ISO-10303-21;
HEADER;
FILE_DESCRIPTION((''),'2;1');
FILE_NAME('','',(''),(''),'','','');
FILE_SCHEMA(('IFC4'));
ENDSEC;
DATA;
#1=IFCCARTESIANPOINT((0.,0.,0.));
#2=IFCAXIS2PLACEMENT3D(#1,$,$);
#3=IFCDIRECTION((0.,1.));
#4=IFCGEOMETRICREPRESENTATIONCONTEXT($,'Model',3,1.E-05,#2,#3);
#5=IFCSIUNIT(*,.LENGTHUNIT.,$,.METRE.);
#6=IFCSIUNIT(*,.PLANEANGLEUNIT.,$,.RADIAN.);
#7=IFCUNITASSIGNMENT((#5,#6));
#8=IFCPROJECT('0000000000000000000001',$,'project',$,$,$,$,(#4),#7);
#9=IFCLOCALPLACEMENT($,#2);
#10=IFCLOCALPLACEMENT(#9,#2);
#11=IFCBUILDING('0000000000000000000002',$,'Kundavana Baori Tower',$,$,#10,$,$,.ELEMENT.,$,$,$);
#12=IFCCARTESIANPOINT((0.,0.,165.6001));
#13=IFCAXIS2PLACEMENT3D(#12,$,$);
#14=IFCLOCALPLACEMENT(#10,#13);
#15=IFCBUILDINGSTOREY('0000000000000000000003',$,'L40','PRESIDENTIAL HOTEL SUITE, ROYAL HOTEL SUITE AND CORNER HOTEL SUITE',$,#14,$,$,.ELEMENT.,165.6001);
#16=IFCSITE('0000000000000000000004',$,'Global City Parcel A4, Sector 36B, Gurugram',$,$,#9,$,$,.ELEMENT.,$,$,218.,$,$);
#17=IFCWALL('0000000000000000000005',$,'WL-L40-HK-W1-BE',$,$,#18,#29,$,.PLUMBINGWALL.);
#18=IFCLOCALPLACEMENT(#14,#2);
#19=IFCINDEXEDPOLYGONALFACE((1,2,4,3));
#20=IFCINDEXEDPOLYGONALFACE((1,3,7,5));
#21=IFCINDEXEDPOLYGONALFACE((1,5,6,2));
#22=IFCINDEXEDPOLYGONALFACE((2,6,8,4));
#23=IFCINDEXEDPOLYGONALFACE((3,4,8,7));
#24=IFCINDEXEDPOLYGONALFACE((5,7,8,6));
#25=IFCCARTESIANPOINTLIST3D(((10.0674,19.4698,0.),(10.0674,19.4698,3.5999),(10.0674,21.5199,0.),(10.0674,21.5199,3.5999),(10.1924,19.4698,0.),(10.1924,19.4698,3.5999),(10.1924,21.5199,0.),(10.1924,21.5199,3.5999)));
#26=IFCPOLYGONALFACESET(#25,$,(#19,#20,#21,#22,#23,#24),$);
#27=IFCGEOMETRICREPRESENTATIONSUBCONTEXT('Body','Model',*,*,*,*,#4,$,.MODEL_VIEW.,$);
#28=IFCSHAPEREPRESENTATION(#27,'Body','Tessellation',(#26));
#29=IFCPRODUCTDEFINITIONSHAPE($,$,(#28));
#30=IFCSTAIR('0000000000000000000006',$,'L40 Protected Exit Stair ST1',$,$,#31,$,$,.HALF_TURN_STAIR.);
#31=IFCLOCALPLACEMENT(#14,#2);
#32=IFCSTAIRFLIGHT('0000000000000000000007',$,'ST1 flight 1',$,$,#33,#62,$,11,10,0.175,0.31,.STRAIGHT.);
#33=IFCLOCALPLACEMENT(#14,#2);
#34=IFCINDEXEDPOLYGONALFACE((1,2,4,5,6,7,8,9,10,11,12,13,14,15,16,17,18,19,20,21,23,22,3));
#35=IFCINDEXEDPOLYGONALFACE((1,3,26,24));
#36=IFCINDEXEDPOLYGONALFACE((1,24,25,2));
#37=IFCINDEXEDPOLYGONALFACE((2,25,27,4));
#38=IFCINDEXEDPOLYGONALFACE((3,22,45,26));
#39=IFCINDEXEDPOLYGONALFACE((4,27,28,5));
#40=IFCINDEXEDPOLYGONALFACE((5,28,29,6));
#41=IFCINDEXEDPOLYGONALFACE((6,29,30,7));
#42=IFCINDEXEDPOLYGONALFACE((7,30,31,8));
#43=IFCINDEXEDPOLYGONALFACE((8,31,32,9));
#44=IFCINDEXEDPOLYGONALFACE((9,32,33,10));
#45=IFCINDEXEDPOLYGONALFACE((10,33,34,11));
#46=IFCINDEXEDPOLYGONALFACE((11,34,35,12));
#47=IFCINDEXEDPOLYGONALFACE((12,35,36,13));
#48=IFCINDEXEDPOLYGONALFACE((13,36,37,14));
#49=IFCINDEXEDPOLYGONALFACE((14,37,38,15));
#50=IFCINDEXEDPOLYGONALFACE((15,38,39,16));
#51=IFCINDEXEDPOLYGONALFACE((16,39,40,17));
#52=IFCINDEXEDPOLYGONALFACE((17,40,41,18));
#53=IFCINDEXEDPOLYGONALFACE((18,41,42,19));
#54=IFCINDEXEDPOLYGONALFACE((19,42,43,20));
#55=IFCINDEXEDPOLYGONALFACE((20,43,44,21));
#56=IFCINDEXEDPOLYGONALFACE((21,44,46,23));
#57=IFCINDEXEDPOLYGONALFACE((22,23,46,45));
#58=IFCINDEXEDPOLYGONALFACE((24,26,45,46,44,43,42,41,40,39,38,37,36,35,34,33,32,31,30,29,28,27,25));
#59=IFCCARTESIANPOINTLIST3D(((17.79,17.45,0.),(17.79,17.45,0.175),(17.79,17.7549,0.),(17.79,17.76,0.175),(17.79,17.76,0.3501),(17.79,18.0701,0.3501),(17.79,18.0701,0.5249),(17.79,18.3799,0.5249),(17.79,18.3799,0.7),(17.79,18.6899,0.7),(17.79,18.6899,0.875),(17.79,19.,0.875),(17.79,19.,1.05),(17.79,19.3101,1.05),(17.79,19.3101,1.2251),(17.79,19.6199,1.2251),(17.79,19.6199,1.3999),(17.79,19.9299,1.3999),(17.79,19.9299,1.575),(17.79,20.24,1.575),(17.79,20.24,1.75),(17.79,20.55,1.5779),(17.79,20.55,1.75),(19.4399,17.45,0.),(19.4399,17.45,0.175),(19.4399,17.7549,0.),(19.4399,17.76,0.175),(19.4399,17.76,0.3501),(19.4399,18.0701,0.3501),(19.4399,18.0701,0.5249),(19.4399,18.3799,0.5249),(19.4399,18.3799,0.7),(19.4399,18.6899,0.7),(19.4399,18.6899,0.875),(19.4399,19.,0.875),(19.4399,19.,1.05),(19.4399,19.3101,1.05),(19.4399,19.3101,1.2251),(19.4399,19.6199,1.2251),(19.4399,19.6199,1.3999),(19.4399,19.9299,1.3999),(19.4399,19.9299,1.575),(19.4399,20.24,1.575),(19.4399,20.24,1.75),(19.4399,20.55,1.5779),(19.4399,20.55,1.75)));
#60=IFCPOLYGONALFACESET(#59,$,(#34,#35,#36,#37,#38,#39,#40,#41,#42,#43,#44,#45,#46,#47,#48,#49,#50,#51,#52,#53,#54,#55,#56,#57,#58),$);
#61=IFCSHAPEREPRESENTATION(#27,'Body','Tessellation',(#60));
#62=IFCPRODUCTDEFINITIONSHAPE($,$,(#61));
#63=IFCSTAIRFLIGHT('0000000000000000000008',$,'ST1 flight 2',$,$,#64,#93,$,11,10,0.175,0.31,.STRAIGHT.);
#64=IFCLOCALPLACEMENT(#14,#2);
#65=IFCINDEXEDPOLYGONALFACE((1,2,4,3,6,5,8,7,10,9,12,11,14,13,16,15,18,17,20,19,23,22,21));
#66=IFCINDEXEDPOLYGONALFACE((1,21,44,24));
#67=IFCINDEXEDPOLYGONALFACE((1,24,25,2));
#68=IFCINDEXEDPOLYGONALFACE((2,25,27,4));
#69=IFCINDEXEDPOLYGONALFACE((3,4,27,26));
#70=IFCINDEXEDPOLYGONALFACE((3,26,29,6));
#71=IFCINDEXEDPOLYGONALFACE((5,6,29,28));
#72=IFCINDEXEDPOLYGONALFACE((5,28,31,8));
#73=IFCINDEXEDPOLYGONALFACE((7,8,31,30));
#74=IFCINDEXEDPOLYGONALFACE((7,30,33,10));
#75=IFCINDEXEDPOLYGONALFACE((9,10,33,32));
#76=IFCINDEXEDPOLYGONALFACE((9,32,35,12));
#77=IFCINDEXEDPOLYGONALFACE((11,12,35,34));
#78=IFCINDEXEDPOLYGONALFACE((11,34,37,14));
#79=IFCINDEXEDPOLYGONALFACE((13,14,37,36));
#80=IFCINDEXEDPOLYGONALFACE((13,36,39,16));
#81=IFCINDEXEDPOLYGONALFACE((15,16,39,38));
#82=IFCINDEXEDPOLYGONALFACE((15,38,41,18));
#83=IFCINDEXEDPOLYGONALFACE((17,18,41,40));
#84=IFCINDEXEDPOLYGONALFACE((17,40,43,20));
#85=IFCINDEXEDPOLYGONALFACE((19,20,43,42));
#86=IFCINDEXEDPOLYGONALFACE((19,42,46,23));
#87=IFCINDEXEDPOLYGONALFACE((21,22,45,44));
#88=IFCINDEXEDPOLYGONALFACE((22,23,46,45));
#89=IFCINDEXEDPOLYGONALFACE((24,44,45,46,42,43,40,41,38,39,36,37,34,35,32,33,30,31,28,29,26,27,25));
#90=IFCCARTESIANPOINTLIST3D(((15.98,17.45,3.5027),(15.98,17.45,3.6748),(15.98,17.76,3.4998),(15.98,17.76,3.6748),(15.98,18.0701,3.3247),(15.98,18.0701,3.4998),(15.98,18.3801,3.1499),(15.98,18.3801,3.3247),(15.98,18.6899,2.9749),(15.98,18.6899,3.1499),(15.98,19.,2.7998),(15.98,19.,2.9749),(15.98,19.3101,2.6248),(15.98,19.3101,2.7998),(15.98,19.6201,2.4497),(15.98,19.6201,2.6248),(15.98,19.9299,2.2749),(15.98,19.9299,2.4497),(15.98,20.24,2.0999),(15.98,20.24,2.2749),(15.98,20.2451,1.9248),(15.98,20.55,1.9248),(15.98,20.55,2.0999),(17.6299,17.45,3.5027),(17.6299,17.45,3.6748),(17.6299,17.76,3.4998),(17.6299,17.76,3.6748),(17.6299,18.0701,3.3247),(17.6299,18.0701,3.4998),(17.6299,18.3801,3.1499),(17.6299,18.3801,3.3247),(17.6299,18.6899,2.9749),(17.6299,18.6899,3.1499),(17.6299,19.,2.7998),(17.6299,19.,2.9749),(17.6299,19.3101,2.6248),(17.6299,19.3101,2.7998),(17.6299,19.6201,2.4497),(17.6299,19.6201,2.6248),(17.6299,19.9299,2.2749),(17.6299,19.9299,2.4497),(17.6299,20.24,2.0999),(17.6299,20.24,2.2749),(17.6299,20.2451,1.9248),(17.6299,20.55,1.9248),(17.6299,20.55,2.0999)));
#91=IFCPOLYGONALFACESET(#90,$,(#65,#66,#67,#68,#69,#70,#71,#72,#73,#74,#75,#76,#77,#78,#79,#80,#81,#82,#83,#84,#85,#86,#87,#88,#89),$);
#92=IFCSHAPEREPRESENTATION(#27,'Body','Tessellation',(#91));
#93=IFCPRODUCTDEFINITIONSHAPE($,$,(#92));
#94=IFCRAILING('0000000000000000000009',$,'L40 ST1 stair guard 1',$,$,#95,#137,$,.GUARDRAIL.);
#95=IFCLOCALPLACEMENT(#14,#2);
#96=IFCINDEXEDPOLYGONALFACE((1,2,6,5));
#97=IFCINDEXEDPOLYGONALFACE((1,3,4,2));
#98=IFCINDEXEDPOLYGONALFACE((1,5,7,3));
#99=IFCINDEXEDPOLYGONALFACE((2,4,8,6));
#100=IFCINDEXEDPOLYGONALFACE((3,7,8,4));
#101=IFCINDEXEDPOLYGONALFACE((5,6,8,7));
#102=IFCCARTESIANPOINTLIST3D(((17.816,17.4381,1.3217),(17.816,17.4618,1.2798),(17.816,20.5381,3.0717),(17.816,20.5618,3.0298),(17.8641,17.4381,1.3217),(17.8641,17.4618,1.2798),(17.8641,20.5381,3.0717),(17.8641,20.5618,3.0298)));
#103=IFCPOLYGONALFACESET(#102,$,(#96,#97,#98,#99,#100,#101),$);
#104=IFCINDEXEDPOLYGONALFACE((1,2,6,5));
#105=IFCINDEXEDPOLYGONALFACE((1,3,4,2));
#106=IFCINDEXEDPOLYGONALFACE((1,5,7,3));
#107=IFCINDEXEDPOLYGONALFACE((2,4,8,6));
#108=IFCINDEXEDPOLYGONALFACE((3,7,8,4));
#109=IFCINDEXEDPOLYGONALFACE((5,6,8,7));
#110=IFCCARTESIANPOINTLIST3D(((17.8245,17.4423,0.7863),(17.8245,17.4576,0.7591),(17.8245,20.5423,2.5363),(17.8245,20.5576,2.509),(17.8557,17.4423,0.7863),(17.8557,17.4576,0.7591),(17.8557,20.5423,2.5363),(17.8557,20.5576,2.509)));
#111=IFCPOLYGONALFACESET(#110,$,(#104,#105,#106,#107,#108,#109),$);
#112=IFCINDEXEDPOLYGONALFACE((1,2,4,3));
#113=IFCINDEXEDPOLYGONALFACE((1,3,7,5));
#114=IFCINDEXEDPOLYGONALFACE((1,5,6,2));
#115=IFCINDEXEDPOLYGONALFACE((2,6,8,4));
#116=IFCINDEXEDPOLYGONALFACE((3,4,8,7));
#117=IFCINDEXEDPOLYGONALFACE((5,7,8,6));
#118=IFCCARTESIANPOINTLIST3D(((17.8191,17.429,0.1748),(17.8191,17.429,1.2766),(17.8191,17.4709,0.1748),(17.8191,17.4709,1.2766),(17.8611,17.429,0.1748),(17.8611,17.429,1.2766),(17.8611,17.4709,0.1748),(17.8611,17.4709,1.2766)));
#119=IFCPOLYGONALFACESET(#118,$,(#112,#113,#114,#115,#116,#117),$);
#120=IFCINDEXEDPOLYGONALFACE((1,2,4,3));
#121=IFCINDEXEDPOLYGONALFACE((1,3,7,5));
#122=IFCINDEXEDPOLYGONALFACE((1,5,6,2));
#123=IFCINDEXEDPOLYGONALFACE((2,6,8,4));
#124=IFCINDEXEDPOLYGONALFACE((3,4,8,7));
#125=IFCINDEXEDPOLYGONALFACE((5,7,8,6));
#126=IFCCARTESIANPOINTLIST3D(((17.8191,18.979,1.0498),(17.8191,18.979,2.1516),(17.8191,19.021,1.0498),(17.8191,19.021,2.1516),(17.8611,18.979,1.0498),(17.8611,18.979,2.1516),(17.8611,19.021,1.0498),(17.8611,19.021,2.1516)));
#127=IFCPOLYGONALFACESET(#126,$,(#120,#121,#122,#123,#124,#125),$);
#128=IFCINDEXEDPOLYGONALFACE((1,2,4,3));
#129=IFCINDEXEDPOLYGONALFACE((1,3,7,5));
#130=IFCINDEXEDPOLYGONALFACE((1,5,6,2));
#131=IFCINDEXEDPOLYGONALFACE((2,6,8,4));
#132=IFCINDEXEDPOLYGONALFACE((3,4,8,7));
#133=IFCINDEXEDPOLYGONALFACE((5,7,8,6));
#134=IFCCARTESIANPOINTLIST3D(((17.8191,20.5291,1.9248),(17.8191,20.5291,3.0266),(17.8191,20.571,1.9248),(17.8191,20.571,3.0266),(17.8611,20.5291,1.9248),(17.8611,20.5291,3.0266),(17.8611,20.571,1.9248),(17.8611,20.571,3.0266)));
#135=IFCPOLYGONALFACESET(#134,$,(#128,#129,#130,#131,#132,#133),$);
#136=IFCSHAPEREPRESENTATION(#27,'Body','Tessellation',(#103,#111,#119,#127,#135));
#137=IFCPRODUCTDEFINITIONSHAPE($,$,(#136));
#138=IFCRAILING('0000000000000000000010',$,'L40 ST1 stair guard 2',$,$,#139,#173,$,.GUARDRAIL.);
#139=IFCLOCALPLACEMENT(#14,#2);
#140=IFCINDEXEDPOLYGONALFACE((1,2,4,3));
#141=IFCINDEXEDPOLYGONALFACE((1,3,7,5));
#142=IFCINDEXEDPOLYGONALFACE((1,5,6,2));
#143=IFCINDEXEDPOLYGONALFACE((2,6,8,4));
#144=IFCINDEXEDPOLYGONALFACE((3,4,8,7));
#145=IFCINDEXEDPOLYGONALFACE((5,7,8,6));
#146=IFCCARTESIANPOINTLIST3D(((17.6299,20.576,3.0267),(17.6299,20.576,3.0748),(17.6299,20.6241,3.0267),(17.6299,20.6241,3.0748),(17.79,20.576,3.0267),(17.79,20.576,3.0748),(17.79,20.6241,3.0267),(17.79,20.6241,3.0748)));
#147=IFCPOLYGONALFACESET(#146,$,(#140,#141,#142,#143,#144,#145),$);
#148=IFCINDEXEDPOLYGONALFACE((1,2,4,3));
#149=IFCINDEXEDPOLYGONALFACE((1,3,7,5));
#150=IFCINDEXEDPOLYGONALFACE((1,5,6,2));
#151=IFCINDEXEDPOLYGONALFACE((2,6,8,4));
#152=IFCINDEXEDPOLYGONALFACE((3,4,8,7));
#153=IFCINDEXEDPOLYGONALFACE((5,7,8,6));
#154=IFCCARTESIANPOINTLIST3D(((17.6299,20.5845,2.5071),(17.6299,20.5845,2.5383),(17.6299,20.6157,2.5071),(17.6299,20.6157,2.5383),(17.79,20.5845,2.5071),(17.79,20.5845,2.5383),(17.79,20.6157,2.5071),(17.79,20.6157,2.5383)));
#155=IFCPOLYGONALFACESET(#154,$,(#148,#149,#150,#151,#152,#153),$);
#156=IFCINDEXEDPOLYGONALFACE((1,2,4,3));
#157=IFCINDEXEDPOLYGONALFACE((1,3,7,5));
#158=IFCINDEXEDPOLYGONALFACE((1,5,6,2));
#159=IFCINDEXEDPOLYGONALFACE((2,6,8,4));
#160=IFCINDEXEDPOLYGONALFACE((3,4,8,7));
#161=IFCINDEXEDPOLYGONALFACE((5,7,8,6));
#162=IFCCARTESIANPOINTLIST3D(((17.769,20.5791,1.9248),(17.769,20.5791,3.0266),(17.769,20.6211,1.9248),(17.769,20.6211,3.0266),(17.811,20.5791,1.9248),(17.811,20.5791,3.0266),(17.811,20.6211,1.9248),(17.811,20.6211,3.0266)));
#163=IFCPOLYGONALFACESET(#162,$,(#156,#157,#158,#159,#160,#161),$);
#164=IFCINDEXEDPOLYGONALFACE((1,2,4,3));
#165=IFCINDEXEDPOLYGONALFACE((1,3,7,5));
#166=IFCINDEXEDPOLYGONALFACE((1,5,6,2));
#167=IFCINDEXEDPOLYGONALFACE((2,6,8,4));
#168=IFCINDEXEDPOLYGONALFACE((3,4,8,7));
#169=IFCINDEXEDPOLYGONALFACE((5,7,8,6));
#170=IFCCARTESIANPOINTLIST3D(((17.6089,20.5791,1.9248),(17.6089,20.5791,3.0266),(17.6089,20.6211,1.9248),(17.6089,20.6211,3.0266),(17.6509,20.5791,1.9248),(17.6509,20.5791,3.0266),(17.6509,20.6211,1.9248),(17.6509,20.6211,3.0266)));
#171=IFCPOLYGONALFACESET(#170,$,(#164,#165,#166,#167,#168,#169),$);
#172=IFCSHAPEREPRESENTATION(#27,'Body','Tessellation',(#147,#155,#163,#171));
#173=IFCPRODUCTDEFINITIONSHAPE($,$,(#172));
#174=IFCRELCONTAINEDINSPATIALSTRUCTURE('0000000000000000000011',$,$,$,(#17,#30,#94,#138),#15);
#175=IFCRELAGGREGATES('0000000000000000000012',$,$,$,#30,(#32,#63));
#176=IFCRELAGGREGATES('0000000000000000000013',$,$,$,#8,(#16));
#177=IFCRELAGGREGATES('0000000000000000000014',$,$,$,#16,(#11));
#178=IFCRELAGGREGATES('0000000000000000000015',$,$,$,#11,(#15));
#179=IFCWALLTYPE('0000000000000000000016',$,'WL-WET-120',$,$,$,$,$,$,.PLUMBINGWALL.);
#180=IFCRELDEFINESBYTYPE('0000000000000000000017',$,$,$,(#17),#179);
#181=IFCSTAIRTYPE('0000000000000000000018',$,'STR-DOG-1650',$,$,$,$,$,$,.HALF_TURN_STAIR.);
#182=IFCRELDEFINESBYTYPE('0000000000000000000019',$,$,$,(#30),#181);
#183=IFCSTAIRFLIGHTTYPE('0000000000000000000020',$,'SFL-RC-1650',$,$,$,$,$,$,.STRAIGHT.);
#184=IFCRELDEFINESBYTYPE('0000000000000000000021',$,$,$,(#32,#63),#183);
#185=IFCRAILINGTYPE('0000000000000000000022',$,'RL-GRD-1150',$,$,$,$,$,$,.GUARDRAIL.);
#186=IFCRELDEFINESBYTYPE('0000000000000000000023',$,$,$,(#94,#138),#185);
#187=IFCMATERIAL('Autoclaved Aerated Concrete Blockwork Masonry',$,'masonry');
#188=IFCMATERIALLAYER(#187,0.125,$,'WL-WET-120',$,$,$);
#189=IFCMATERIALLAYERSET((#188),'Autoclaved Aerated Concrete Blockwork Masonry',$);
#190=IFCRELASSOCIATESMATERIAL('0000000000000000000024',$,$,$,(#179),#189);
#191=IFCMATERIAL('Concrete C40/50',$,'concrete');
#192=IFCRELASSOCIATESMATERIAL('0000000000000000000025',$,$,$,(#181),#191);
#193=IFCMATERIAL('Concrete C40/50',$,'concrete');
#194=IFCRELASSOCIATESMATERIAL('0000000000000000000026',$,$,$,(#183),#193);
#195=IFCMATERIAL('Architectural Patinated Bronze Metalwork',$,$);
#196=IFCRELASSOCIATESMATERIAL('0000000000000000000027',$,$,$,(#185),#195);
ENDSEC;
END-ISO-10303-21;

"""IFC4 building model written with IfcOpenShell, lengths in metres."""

from ifc_helpers import new_model, si_unit, direction, frame, frame_2d, origin, origin_2d, place, context, subcontext, project, spatial, polyline, rectangle, outline, extrude, material, layer, layer_set, type_object, element, aggregate, save


model = new_model("IFC4")

# Units and contexts
model_context = context("Model", 3, precision=1e-05, world=origin(), true_north=direction((0.0, 1.0)))
body_context = subcontext(model_context, "Body", "Model", "MODEL_VIEW")
ifc_project = project(units=[si_unit("LENGTHUNIT", "METRE"), si_unit("PLANEANGLEUNIT", "RADIAN")], contexts=[model_context])

# Site, building, storey
site_placement = place(None, origin())
site = spatial("IfcSite", under=ifc_project, at=site_placement, Name="Global City Parcel A4, Sector 36B, Gurugram", CompositionType="ELEMENT", RefElevation=218.0)
building_placement = place(site_placement, origin())
building = spatial("IfcBuilding", under=site, at=building_placement, Name="Kundavana Baori Tower", CompositionType="ELEMENT")
storey_placement = place(building_placement, frame((0.0, 0.0, 165.6001)))
storey = spatial("IfcBuildingStorey", under=building, at=storey_placement, Name="L40", Description="PRESIDENTIAL HOTEL SUITE, ROYAL HOTEL SUITE AND CORNER HOTEL SUITE", CompositionType="ELEMENT", Elevation=165.6001)

# Wall
ifc_material_1 = material(Name="Autoclaved Aerated Concrete Blockwork Masonry", Category="masonry")
ifc_layer_1 = layer(ifc_material_1, 0.125, Name="WL-WET-120")
ifc_layer_set_1 = layer_set([ifc_layer_1], Name="Autoclaved Aerated Concrete Blockwork Masonry")
wall_type_1 = type_object("IfcWallType", Name="WL-WET-120", PredefinedType="PLUMBINGWALL", material=ifc_layer_set_1)
wall_1_placement = place(storey_placement, frame((10.1299, 19.47, 0.0), z_axis=(0.0, 0.0, 1.0), x_axis=(0.0, 1.0, 0.0)))
element("IfcWall", 1, at=wall_1_placement, inside=storey, type_object=wall_type_1, Name="WL-L40-HK-W1-BE", PredefinedType="PLUMBINGWALL", context=body_context, shape_type="SweptSolid", body=[
    extrude(rectangle(XDim=2.05, YDim=0.125, at=frame_2d((1.0249, 0.0))), origin(), (0.0, 0.0, 1.0), 3.5999),
])

# Stair, stair flights
ifc_material_2 = material(Name="Concrete C40/50", Category="concrete")
stair_type = type_object("IfcStairType", Name="STR-DOG-1650", PredefinedType="HALF_TURN_STAIR", material=ifc_material_2)
stair_placement = place(storey_placement, origin())
stair = element("IfcStair", 2, at=stair_placement, inside=storey, type_object=stair_type, Name="L40 Protected Exit Stair ST1", PredefinedType="HALF_TURN_STAIR")
ifc_material_3 = material(Name="Concrete C40/50", Category="concrete")
stair_flight_type = type_object("IfcStairFlightType", Name="SFL-RC-1650", PredefinedType="STRAIGHT", material=ifc_material_3)
stair_flight_1_placement = place(storey_placement, frame((18.615, 17.45, 0.0), z_axis=(0.0, 0.0, 1.0), x_axis=(0.0, 1.0, 0.0)))
stair_flight_1 = element("IfcStairFlight", 3, at=stair_flight_1_placement, type_object=stair_flight_type, Name="ST1 flight 1", NumberOfRisers=11, NumberOfTreads=10, PredefinedType="STRAIGHT", RiserHeight=0.175, TreadLength=0.31, context=body_context, shape_type="SweptSolid", body=[
    extrude(outline(polyline([(0.0, 0.0), (0.0, 0.175), (0.3101, 0.175), (0.3101, 0.3501), (0.6201, 0.3501), (0.6201, 0.5249), (0.9299, 0.5249), (0.9299, 0.7), (1.24, 0.7), (1.24, 0.875), (1.55, 0.875), (1.55, 1.05), (1.8601, 1.05), (1.8601, 1.2251), (2.1699, 1.2251), (2.1699, 1.3999), (2.48, 1.3999), (2.48, 1.575), (2.79, 1.575), (2.79, 1.75), (3.1001, 1.75), (3.1001, 1.925), (3.1001, 1.5779), (0.3049, 0.0), (0.0, 0.0)])), frame((0.0, 0.825, 0.0), z_axis=(0.0, -1.0, 0.0), x_axis=(1.0, 0.0, 0.0)), (0.0, 0.0, 1.0), 1.6499),
])
stair_flight_2_placement = place(storey_placement, frame((16.8049, 20.55, 1.9248), z_axis=(0.0, 0.0, 1.0), x_axis=(0.0, -1.0, 0.0)))
stair_flight_2 = element("IfcStairFlight", 4, at=stair_flight_2_placement, type_object=stair_flight_type, Name="ST1 flight 2", NumberOfRisers=11, NumberOfTreads=10, PredefinedType="STRAIGHT", RiserHeight=0.175, TreadLength=0.31, context=body_context, shape_type="SweptSolid", body=[
    extrude(outline(polyline([(0.0, 0.0), (0.0, 0.175), (0.3101, 0.175), (0.3101, 0.3501), (0.6201, 0.3501), (0.6201, 0.5249), (0.9299, 0.5249), (0.9299, 0.7), (1.24, 0.7), (1.24, 0.875), (1.55, 0.875), (1.55, 1.05), (1.8601, 1.05), (1.8601, 1.2251), (2.1699, 1.2251), (2.1699, 1.3999), (2.48, 1.3999), (2.48, 1.575), (2.79, 1.575), (2.79, 1.75), (3.1001, 1.75), (3.1001, 1.925), (3.1001, 1.5779), (0.3049, 0.0), (0.0, 0.0)])), frame((0.0, 0.825, 0.0), z_axis=(0.0, -1.0, 0.0), x_axis=(1.0, 0.0, 0.0)), (0.0, 0.0, 1.0), 1.6499),
])
aggregate(stair, [stair_flight_1, stair_flight_2])

# Railings
ifc_material_4 = material(Name="Architectural Patinated Bronze Metalwork")
railing_type_1 = type_object("IfcRailingType", Name="RL-GRD-1150", PredefinedType="GUARDRAIL", material=ifc_material_4)
railing_1_placement = place(storey_placement, frame((17.8401, 17.45, 0.1748)))
element("IfcRailing", 5, at=railing_1_placement, inside=storey, type_object=railing_type_1, Name="L40 ST1 stair guard 1", PredefinedType="GUARDRAIL", context=body_context, shape_type="SweptSolid", body=[
    extrude(rectangle(XDim=0.0481, YDim=0.0481, at=origin_2d()), frame((0.0, 0.0, 1.126), z_axis=(0.0, 0.870831, 0.491583), x_axis=(-1.0, 0.0, 0.0)), (0.0, 0.0, 1.0), 3.5598),
    extrude(rectangle(XDim=0.0312, YDim=0.0312, at=origin_2d()), frame((0.0, 0.0, 0.5979), z_axis=(0.0, 0.870831, 0.491583), x_axis=(-1.0, 0.0, 0.0)), (0.0, 0.0, 1.0), 3.5598),
    extrude(rectangle(XDim=0.042, YDim=0.042, at=origin_2d()), origin(), (0.0, 0.0, 1.0), 1.1018),
    extrude(rectangle(XDim=0.042, YDim=0.042, at=origin_2d()), frame((0.0, 1.55, 0.875)), (0.0, 0.0, 1.0), 1.1018),
    extrude(rectangle(XDim=0.042, YDim=0.042, at=origin_2d()), frame((0.0, 3.1001, 1.75)), (0.0, 0.0, 1.0), 1.1018),
])
railing_2_placement = place(storey_placement, frame((17.79, 20.6001, 1.9248)))
element("IfcRailing", 6, at=railing_2_placement, inside=storey, type_object=railing_type_1, Name="L40 ST1 stair guard 2", PredefinedType="GUARDRAIL", context=body_context, shape_type="SweptSolid", body=[
    extrude(rectangle(XDim=0.0481, YDim=0.0481, at=origin_2d()), frame((0.0, 0.0, 1.126), z_axis=(-1.0, 0.0, 0.0), x_axis=(0.0, -1.0, 0.0)), (0.0, 0.0, 1.0), 0.1602),
    extrude(rectangle(XDim=0.0312, YDim=0.0312, at=origin_2d()), frame((0.0, 0.0, 0.5979), z_axis=(-1.0, 0.0, 0.0), x_axis=(0.0, -1.0, 0.0)), (0.0, 0.0, 1.0), 0.1602),
    extrude(rectangle(XDim=0.042, YDim=0.042, at=origin_2d()), origin(), (0.0, 0.0, 1.0), 1.1018),
    extrude(rectangle(XDim=0.042, YDim=0.042, at=origin_2d()), frame((-0.1602, 0.0, 0.0)), (0.0, 0.0, 1.0), 1.1018),
])

save(model, "model.ifc")
